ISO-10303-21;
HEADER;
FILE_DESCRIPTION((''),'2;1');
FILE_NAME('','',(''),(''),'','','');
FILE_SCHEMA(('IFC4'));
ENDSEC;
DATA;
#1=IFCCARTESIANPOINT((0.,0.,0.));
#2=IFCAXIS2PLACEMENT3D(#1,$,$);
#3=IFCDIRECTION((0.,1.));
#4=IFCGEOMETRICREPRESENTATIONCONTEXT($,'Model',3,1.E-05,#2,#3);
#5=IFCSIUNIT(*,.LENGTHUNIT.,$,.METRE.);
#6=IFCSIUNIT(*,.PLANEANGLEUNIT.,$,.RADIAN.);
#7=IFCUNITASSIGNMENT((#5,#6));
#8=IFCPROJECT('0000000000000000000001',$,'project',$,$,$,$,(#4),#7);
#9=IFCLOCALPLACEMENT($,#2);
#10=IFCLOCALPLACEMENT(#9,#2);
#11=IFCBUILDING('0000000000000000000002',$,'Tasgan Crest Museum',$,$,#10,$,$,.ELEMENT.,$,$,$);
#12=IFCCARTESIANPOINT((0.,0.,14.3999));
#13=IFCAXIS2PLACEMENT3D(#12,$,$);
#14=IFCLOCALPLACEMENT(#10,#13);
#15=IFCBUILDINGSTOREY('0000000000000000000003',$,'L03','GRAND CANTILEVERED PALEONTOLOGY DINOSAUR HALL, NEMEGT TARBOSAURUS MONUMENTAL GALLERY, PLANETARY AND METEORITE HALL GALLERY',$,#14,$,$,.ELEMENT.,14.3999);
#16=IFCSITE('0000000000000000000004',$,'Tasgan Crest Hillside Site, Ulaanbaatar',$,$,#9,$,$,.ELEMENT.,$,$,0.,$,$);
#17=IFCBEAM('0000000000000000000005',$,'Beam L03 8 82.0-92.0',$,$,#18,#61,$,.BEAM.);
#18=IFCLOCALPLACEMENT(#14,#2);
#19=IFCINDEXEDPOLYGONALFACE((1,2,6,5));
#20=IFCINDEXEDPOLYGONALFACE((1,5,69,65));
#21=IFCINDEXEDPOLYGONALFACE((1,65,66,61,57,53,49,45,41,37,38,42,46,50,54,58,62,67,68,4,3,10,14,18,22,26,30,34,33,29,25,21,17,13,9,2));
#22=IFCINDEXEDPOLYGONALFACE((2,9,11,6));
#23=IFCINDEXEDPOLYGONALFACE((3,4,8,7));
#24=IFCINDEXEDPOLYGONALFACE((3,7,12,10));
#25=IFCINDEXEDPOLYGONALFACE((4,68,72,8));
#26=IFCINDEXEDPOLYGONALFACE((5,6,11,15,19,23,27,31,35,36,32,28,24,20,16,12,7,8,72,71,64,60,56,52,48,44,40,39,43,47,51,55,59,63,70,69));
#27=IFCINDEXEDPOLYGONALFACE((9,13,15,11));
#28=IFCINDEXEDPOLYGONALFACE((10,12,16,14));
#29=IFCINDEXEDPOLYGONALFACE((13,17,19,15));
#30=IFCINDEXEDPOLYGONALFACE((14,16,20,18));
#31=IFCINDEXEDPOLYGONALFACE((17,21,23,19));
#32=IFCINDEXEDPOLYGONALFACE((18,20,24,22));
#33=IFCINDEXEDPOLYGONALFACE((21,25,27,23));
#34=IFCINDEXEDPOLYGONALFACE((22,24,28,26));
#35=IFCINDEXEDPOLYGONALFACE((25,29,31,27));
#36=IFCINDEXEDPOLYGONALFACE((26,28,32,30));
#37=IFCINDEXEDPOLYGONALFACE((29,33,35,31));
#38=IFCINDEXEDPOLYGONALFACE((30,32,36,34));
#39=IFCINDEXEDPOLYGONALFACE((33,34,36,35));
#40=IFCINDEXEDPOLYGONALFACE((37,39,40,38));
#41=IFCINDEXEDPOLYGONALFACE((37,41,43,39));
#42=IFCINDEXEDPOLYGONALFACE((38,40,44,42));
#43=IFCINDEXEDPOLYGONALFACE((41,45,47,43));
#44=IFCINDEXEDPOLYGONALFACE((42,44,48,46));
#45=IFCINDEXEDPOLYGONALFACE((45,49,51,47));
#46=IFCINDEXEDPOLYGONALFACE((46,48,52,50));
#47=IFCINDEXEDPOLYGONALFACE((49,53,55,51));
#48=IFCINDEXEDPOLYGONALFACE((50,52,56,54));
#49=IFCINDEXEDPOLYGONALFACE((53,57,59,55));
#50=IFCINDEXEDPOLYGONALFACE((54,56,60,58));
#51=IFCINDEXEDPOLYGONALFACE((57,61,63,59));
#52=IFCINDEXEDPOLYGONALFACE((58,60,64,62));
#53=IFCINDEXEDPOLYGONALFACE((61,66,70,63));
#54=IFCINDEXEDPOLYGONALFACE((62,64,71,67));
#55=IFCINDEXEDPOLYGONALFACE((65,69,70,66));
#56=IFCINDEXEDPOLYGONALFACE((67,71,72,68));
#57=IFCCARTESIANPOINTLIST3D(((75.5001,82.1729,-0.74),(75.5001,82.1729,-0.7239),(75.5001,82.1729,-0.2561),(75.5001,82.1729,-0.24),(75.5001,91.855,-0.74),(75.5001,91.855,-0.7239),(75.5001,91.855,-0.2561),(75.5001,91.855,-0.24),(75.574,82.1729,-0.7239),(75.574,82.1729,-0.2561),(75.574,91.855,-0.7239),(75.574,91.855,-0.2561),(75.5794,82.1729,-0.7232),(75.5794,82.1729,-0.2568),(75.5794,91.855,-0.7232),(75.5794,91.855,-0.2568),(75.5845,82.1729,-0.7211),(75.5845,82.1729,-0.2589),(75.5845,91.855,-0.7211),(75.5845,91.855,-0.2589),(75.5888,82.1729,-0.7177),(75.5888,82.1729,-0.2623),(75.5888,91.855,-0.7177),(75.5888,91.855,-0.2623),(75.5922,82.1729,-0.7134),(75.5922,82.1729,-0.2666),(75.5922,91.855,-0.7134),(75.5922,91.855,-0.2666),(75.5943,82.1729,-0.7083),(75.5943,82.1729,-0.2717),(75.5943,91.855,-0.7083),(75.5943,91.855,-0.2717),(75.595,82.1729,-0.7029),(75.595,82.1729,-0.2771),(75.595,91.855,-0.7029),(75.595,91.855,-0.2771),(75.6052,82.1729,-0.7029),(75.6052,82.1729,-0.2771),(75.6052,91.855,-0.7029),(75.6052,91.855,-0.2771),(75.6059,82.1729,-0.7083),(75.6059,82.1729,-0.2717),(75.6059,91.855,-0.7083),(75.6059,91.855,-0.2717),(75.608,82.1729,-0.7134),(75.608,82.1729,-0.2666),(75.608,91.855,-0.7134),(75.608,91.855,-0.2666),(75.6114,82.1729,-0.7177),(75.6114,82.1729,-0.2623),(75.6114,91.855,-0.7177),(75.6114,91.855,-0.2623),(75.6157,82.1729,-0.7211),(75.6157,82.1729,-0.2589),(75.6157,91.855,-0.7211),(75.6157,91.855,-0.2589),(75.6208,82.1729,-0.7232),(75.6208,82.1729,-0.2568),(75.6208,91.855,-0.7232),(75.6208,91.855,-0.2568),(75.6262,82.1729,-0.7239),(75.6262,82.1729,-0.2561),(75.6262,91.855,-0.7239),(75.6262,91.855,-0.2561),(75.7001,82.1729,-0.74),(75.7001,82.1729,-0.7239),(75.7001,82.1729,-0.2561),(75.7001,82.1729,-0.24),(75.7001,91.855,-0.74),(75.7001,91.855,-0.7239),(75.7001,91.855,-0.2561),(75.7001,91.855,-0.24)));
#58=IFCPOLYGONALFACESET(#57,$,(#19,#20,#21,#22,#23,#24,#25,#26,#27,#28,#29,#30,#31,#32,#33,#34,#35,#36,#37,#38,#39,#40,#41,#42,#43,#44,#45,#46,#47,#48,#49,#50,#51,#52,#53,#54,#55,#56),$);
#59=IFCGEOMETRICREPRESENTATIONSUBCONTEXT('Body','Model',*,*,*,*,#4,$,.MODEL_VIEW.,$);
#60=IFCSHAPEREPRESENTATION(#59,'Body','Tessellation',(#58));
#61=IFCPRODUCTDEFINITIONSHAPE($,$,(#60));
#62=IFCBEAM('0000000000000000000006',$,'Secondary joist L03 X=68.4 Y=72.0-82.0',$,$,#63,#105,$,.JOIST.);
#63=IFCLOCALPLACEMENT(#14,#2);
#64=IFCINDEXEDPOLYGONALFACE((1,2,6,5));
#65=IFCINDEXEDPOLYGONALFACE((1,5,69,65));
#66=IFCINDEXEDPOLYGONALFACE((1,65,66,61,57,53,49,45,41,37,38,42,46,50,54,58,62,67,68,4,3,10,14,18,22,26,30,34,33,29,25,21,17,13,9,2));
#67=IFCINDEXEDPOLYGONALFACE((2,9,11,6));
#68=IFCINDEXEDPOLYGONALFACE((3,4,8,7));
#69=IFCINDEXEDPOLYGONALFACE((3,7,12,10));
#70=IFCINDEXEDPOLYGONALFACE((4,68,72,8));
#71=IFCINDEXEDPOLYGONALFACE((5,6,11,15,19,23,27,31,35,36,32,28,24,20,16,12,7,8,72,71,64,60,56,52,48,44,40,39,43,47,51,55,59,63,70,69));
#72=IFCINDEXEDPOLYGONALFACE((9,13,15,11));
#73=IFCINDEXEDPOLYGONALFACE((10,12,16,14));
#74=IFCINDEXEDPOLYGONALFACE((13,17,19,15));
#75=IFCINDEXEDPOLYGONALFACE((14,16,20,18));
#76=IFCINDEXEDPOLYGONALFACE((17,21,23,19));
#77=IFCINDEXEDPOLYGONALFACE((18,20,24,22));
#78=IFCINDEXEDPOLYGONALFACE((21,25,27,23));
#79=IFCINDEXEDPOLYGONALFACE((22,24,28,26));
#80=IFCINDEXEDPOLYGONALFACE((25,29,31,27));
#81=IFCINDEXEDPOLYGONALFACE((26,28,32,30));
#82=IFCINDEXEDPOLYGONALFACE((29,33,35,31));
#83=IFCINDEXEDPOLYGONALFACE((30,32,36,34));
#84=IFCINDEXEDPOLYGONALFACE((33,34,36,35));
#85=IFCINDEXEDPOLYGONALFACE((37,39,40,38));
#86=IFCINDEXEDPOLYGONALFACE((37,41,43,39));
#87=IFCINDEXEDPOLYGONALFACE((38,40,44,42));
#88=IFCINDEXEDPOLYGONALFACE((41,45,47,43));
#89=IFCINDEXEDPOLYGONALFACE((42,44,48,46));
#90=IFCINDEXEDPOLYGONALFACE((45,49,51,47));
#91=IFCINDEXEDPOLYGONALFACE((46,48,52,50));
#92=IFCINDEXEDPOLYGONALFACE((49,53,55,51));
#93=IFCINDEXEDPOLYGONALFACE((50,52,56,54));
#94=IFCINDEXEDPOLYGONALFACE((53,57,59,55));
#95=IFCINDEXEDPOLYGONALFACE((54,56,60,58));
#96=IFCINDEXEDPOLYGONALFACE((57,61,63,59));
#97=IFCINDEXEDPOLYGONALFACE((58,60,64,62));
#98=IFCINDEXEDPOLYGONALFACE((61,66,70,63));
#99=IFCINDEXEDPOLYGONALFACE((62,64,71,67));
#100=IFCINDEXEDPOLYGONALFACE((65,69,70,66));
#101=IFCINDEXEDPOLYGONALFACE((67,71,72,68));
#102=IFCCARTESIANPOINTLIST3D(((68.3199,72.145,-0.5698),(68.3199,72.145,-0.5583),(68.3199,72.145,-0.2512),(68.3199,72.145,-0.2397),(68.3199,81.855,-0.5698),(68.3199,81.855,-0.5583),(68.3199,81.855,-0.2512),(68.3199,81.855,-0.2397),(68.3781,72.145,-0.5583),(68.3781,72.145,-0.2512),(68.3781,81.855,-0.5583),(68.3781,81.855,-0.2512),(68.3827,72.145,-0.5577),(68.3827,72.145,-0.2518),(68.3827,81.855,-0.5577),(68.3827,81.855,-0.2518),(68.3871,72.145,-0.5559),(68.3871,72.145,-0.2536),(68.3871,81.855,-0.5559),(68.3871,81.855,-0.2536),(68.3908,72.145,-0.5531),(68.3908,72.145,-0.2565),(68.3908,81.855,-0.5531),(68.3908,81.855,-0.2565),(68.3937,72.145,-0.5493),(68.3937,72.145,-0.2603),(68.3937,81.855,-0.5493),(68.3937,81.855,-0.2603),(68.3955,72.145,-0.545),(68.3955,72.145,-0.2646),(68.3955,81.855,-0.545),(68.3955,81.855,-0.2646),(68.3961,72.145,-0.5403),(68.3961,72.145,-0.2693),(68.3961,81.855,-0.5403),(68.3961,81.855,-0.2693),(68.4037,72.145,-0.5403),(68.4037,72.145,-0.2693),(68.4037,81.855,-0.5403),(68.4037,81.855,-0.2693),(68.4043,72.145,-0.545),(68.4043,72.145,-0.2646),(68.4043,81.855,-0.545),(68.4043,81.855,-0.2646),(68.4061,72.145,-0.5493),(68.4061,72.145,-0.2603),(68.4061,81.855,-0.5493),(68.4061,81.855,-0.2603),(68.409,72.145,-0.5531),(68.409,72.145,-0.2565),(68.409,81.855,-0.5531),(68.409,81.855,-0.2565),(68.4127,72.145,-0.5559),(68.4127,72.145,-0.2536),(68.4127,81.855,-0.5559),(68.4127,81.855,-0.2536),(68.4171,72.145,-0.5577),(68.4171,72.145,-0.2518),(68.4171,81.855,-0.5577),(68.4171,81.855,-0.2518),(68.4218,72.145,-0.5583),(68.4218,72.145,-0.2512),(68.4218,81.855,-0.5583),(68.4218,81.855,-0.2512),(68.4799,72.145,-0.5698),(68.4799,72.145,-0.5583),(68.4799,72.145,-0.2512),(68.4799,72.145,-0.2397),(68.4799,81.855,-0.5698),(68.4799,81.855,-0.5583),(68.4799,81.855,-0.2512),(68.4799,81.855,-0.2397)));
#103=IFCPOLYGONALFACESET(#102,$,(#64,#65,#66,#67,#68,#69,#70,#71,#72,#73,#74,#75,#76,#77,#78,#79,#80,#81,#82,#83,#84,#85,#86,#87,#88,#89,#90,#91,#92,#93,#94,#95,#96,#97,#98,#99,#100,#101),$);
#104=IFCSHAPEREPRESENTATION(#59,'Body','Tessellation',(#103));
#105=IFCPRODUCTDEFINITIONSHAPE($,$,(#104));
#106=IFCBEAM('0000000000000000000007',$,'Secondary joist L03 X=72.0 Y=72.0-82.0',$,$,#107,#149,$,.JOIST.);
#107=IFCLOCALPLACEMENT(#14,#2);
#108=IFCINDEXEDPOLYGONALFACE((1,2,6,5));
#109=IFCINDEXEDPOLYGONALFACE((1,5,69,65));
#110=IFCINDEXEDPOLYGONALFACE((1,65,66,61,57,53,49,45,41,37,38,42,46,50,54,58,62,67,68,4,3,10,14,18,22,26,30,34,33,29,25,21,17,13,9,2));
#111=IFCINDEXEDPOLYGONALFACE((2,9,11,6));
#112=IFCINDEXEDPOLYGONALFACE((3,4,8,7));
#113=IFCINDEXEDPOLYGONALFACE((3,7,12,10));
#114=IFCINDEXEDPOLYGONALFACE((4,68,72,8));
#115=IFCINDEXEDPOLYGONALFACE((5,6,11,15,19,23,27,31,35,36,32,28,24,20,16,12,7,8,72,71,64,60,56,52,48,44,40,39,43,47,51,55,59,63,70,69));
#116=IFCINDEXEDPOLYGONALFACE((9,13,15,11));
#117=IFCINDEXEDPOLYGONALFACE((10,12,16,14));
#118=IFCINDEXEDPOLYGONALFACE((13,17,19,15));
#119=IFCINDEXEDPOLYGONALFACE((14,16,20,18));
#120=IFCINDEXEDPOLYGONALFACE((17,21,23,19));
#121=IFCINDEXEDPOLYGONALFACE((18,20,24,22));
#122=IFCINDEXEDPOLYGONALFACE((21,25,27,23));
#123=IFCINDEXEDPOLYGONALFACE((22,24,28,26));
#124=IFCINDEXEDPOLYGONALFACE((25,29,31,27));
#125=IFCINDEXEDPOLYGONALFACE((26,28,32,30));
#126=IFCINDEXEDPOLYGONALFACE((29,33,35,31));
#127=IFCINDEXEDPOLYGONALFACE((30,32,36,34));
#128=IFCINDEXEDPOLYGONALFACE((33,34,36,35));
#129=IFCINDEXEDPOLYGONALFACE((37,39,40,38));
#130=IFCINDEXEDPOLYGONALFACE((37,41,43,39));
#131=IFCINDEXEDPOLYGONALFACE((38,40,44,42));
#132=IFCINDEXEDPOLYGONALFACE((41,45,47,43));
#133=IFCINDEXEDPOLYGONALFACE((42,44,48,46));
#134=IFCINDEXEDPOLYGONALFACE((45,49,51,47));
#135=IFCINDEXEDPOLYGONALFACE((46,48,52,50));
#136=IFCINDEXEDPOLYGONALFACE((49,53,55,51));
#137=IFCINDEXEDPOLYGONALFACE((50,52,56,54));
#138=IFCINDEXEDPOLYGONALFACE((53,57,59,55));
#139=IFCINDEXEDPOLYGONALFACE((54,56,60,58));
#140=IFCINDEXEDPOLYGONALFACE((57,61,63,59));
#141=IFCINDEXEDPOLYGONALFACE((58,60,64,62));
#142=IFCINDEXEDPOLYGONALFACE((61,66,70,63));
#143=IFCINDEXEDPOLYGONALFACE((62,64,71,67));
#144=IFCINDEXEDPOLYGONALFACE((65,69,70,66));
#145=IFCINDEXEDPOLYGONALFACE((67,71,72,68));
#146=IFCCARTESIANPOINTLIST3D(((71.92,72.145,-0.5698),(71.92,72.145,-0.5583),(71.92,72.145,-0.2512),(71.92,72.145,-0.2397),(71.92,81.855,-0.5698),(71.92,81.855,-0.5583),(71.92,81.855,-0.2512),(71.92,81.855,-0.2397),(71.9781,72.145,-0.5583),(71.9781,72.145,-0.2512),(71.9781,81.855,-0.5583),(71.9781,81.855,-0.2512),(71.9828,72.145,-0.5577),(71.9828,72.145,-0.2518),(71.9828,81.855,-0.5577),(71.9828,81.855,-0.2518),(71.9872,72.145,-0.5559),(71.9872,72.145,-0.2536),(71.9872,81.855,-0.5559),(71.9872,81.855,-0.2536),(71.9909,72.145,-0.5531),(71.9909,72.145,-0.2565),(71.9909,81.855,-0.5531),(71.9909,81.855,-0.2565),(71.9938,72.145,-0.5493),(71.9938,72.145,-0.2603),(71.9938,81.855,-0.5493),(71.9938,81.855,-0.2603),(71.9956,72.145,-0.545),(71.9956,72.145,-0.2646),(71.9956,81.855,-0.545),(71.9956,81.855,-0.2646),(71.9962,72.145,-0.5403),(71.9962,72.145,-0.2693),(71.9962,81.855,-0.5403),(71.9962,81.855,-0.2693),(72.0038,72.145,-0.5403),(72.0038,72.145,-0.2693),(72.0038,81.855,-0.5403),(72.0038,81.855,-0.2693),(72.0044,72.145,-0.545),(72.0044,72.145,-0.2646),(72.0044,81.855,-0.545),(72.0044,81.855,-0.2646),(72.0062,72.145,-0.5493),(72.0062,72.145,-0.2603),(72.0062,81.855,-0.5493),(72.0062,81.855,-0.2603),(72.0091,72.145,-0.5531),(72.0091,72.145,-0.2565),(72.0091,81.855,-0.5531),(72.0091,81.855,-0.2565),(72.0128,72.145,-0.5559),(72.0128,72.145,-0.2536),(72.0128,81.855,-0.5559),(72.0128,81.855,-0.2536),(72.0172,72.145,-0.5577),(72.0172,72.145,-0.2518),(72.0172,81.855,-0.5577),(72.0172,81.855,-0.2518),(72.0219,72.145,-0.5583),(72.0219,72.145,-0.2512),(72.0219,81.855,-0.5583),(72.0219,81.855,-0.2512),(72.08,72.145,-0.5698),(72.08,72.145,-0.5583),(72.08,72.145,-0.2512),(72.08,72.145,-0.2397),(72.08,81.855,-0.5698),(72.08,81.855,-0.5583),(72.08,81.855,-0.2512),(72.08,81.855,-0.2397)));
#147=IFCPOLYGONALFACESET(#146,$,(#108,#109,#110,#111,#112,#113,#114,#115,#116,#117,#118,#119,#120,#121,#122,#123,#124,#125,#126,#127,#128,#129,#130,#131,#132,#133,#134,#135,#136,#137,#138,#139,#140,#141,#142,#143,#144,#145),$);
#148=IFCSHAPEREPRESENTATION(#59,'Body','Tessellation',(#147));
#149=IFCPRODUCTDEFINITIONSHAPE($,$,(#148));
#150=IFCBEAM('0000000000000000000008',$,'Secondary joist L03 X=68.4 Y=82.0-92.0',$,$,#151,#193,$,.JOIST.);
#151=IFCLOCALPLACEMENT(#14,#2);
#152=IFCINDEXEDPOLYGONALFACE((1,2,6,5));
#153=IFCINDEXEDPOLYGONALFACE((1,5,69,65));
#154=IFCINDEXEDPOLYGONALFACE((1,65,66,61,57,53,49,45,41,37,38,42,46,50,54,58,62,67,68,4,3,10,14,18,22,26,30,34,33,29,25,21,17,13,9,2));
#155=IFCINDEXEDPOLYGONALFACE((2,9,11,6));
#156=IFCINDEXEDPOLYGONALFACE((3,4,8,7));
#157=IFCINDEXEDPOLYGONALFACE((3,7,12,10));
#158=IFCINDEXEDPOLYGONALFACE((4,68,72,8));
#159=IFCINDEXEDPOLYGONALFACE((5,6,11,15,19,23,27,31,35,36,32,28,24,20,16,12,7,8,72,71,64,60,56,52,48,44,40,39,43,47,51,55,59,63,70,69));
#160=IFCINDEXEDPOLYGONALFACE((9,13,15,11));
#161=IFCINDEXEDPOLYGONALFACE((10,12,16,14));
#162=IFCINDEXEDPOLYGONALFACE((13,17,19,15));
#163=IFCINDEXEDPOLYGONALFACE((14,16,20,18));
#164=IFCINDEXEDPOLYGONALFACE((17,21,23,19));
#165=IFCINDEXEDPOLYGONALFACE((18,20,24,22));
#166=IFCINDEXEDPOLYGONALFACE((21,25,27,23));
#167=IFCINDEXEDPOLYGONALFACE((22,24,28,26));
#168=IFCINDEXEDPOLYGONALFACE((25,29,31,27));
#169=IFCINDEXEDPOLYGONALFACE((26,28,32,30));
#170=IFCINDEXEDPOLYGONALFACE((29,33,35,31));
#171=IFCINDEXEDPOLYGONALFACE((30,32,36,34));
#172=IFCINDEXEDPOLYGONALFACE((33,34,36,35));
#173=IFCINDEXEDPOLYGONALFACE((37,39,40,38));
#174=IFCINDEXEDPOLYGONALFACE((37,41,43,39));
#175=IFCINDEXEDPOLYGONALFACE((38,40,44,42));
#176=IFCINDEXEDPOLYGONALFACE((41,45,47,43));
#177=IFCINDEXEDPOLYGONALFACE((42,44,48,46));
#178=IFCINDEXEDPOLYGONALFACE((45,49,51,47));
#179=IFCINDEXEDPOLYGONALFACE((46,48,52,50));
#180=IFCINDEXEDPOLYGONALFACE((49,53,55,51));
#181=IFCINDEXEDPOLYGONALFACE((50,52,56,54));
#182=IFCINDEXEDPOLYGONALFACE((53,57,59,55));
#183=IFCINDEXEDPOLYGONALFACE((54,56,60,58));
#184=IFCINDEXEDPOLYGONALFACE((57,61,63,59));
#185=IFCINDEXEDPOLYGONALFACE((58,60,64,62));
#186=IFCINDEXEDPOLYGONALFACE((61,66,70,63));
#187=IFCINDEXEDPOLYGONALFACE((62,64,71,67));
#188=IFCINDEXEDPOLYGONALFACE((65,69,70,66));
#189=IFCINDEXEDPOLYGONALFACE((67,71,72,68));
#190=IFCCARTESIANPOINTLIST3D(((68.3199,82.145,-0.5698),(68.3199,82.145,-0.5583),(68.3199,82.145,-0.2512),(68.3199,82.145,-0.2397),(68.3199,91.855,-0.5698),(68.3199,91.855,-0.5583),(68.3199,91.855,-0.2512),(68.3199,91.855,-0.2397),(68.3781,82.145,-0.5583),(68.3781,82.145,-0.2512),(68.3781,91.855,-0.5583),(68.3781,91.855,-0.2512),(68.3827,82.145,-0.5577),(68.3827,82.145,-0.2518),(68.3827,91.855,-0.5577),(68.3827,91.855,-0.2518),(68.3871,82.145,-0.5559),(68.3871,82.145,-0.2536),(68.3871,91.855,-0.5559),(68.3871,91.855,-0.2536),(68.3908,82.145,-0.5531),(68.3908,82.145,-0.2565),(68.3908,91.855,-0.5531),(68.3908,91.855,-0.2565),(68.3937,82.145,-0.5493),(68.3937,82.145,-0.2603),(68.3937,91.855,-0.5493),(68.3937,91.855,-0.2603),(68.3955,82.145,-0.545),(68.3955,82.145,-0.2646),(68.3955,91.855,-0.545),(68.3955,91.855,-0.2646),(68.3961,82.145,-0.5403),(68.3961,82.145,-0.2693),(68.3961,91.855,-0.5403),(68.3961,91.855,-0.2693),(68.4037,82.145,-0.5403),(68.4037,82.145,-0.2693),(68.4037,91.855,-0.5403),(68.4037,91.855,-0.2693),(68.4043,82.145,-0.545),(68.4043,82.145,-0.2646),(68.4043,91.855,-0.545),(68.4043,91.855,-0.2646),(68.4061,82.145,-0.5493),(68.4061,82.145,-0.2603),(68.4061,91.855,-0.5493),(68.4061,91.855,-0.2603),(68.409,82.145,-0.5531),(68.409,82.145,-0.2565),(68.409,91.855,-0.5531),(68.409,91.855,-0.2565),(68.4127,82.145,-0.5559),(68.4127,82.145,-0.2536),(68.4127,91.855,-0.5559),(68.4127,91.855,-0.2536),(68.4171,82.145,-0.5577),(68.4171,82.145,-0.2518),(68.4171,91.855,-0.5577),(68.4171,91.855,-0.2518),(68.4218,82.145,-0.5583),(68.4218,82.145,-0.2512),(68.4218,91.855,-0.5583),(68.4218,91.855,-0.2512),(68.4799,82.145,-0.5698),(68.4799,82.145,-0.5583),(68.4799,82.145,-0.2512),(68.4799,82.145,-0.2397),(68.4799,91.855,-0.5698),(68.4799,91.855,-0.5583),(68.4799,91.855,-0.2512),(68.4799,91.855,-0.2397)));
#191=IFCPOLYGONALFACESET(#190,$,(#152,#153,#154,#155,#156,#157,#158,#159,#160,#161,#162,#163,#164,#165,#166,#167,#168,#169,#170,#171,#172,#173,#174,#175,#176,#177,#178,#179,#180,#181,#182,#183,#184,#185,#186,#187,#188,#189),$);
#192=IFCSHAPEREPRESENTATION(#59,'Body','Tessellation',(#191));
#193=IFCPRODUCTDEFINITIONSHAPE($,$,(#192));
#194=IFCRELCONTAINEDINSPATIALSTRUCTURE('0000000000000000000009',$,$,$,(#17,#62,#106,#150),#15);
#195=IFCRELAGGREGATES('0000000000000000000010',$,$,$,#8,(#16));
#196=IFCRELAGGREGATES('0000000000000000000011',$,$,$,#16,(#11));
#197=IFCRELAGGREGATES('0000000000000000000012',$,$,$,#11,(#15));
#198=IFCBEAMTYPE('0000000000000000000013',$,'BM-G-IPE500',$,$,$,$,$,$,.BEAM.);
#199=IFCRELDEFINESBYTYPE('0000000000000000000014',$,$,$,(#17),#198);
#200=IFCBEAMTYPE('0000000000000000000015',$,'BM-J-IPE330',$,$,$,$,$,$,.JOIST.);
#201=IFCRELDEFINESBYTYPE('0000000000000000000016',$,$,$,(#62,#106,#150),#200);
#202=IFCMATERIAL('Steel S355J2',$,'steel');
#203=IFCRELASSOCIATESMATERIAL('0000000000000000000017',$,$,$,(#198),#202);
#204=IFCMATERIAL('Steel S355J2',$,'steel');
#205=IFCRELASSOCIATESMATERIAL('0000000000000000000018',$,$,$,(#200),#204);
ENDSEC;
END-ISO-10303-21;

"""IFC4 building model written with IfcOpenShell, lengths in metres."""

from ifc_helpers import new_model, si_unit, direction, frame, origin, origin_2d, place, context, subcontext, project, spatial, i_section, extrude, material, material_profile, profile_set, type_object, element, save


model = new_model("IFC4")

# Units and contexts
model_context = context("Model", 3, precision=1e-05, world=origin(), true_north=direction((0.0, 1.0)))
body_context = subcontext(model_context, "Body", "Model", "MODEL_VIEW")
ifc_project = project(units=[si_unit("LENGTHUNIT", "METRE"), si_unit("PLANEANGLEUNIT", "RADIAN")], contexts=[model_context])

# Site, building, storey
site_placement = place(None, origin())
site = spatial("IfcSite", under=ifc_project, at=site_placement, Name="Tasgan Crest Hillside Site, Ulaanbaatar", CompositionType="ELEMENT", RefElevation=0.0)
building_placement = place(site_placement, origin())
building = spatial("IfcBuilding", under=site, at=building_placement, Name="Tasgan Crest Museum", CompositionType="ELEMENT")
storey_placement = place(building_placement, frame((0.0, 0.0, 14.3999)))
storey = spatial("IfcBuildingStorey", under=building, at=storey_placement, Name="L03", Description="GRAND CANTILEVERED PALEONTOLOGY DINOSAUR HALL, NEMEGT TARBOSAURUS MONUMENTAL GALLERY, PLANETARY AND METEORITE HALL GALLERY", CompositionType="ELEMENT", Elevation=14.3999)

# Beams
ifc_material_1 = material(Name="Steel S355J2", Category="steel")
ifc_material_profile_1 = material_profile(ifc_material_1, i_section(OverallWidth=0.2, OverallDepth=0.5, WebThickness=0.0103, FlangeThickness=0.0161, FilletRadius=0.021, at=origin_2d()), Name="IPE 500")
ifc_profile_set_1 = profile_set([ifc_material_profile_1], Name="Steel S355J2")
beam_type_1 = type_object("IfcBeamType", Name="BM-G-IPE500", PredefinedType="BEAM", material=ifc_profile_set_1)
beam_1_placement = place(storey_placement, frame((75.6001, 82.1729, -0.49), z_axis=(0.0, 1.0, 0.0), x_axis=(-1.0, 0.0, 0.0)))
element("IfcBeam", 1, at=beam_1_placement, inside=storey, type_object=beam_type_1, Name="Beam L03 8 82.0-92.0", PredefinedType="BEAM", context=body_context, shape_type="SweptSolid", body=[
    extrude(i_section(OverallWidth=0.2, OverallDepth=0.5, WebThickness=0.0103, FlangeThickness=0.0161, FilletRadius=0.021, at=origin_2d()), origin(), (0.0, 0.0, 1.0), 9.6821),
])
ifc_material_2 = material(Name="Steel S355J2", Category="steel")
ifc_material_profile_2 = material_profile(ifc_material_2, i_section(OverallWidth=0.1599, OverallDepth=0.3301, WebThickness=0.0076, FlangeThickness=0.0115, FilletRadius=0.0181, at=origin_2d()), Name="IPE 330")
ifc_profile_set_2 = profile_set([ifc_material_profile_2], Name="Steel S355J2")
beam_type_2 = type_object("IfcBeamType", Name="BM-J-IPE330", PredefinedType="JOIST", material=ifc_profile_set_2)
for number, where, z_axis, x_axis, name in (
    (2, (68.3999, 72.145, -0.4048), (0.0, 1.0, 0.0), (-1.0, 0.0, 0.0), "Secondary joist L03 X=68.4 Y=72.0-82.0"),
    (3, (72.0, 72.145, -0.4048), (0.0, 1.0, 0.0), (-1.0, 0.0, 0.0), "Secondary joist L03 X=72.0 Y=72.0-82.0"),
    (4, (68.3999, 82.145, -0.4048), (0.0, 1.0, 0.0), (-1.0, 0.0, 0.0), "Secondary joist L03 X=68.4 Y=82.0-92.0"),
):
    element("IfcBeam", number, at=place(storey_placement, frame(where, z_axis=z_axis, x_axis=x_axis)), inside=storey, type_object=beam_type_2, Name=name, PredefinedType="JOIST", context=body_context, shape_type="SweptSolid", body=[
        extrude(i_section(OverallWidth=0.1599, OverallDepth=0.3301, WebThickness=0.0076, FlangeThickness=0.0115, FilletRadius=0.0181, at=origin_2d()), origin(), (0.0, 0.0, 1.0), 9.71),
    ])

save(model, "model.ifc")
